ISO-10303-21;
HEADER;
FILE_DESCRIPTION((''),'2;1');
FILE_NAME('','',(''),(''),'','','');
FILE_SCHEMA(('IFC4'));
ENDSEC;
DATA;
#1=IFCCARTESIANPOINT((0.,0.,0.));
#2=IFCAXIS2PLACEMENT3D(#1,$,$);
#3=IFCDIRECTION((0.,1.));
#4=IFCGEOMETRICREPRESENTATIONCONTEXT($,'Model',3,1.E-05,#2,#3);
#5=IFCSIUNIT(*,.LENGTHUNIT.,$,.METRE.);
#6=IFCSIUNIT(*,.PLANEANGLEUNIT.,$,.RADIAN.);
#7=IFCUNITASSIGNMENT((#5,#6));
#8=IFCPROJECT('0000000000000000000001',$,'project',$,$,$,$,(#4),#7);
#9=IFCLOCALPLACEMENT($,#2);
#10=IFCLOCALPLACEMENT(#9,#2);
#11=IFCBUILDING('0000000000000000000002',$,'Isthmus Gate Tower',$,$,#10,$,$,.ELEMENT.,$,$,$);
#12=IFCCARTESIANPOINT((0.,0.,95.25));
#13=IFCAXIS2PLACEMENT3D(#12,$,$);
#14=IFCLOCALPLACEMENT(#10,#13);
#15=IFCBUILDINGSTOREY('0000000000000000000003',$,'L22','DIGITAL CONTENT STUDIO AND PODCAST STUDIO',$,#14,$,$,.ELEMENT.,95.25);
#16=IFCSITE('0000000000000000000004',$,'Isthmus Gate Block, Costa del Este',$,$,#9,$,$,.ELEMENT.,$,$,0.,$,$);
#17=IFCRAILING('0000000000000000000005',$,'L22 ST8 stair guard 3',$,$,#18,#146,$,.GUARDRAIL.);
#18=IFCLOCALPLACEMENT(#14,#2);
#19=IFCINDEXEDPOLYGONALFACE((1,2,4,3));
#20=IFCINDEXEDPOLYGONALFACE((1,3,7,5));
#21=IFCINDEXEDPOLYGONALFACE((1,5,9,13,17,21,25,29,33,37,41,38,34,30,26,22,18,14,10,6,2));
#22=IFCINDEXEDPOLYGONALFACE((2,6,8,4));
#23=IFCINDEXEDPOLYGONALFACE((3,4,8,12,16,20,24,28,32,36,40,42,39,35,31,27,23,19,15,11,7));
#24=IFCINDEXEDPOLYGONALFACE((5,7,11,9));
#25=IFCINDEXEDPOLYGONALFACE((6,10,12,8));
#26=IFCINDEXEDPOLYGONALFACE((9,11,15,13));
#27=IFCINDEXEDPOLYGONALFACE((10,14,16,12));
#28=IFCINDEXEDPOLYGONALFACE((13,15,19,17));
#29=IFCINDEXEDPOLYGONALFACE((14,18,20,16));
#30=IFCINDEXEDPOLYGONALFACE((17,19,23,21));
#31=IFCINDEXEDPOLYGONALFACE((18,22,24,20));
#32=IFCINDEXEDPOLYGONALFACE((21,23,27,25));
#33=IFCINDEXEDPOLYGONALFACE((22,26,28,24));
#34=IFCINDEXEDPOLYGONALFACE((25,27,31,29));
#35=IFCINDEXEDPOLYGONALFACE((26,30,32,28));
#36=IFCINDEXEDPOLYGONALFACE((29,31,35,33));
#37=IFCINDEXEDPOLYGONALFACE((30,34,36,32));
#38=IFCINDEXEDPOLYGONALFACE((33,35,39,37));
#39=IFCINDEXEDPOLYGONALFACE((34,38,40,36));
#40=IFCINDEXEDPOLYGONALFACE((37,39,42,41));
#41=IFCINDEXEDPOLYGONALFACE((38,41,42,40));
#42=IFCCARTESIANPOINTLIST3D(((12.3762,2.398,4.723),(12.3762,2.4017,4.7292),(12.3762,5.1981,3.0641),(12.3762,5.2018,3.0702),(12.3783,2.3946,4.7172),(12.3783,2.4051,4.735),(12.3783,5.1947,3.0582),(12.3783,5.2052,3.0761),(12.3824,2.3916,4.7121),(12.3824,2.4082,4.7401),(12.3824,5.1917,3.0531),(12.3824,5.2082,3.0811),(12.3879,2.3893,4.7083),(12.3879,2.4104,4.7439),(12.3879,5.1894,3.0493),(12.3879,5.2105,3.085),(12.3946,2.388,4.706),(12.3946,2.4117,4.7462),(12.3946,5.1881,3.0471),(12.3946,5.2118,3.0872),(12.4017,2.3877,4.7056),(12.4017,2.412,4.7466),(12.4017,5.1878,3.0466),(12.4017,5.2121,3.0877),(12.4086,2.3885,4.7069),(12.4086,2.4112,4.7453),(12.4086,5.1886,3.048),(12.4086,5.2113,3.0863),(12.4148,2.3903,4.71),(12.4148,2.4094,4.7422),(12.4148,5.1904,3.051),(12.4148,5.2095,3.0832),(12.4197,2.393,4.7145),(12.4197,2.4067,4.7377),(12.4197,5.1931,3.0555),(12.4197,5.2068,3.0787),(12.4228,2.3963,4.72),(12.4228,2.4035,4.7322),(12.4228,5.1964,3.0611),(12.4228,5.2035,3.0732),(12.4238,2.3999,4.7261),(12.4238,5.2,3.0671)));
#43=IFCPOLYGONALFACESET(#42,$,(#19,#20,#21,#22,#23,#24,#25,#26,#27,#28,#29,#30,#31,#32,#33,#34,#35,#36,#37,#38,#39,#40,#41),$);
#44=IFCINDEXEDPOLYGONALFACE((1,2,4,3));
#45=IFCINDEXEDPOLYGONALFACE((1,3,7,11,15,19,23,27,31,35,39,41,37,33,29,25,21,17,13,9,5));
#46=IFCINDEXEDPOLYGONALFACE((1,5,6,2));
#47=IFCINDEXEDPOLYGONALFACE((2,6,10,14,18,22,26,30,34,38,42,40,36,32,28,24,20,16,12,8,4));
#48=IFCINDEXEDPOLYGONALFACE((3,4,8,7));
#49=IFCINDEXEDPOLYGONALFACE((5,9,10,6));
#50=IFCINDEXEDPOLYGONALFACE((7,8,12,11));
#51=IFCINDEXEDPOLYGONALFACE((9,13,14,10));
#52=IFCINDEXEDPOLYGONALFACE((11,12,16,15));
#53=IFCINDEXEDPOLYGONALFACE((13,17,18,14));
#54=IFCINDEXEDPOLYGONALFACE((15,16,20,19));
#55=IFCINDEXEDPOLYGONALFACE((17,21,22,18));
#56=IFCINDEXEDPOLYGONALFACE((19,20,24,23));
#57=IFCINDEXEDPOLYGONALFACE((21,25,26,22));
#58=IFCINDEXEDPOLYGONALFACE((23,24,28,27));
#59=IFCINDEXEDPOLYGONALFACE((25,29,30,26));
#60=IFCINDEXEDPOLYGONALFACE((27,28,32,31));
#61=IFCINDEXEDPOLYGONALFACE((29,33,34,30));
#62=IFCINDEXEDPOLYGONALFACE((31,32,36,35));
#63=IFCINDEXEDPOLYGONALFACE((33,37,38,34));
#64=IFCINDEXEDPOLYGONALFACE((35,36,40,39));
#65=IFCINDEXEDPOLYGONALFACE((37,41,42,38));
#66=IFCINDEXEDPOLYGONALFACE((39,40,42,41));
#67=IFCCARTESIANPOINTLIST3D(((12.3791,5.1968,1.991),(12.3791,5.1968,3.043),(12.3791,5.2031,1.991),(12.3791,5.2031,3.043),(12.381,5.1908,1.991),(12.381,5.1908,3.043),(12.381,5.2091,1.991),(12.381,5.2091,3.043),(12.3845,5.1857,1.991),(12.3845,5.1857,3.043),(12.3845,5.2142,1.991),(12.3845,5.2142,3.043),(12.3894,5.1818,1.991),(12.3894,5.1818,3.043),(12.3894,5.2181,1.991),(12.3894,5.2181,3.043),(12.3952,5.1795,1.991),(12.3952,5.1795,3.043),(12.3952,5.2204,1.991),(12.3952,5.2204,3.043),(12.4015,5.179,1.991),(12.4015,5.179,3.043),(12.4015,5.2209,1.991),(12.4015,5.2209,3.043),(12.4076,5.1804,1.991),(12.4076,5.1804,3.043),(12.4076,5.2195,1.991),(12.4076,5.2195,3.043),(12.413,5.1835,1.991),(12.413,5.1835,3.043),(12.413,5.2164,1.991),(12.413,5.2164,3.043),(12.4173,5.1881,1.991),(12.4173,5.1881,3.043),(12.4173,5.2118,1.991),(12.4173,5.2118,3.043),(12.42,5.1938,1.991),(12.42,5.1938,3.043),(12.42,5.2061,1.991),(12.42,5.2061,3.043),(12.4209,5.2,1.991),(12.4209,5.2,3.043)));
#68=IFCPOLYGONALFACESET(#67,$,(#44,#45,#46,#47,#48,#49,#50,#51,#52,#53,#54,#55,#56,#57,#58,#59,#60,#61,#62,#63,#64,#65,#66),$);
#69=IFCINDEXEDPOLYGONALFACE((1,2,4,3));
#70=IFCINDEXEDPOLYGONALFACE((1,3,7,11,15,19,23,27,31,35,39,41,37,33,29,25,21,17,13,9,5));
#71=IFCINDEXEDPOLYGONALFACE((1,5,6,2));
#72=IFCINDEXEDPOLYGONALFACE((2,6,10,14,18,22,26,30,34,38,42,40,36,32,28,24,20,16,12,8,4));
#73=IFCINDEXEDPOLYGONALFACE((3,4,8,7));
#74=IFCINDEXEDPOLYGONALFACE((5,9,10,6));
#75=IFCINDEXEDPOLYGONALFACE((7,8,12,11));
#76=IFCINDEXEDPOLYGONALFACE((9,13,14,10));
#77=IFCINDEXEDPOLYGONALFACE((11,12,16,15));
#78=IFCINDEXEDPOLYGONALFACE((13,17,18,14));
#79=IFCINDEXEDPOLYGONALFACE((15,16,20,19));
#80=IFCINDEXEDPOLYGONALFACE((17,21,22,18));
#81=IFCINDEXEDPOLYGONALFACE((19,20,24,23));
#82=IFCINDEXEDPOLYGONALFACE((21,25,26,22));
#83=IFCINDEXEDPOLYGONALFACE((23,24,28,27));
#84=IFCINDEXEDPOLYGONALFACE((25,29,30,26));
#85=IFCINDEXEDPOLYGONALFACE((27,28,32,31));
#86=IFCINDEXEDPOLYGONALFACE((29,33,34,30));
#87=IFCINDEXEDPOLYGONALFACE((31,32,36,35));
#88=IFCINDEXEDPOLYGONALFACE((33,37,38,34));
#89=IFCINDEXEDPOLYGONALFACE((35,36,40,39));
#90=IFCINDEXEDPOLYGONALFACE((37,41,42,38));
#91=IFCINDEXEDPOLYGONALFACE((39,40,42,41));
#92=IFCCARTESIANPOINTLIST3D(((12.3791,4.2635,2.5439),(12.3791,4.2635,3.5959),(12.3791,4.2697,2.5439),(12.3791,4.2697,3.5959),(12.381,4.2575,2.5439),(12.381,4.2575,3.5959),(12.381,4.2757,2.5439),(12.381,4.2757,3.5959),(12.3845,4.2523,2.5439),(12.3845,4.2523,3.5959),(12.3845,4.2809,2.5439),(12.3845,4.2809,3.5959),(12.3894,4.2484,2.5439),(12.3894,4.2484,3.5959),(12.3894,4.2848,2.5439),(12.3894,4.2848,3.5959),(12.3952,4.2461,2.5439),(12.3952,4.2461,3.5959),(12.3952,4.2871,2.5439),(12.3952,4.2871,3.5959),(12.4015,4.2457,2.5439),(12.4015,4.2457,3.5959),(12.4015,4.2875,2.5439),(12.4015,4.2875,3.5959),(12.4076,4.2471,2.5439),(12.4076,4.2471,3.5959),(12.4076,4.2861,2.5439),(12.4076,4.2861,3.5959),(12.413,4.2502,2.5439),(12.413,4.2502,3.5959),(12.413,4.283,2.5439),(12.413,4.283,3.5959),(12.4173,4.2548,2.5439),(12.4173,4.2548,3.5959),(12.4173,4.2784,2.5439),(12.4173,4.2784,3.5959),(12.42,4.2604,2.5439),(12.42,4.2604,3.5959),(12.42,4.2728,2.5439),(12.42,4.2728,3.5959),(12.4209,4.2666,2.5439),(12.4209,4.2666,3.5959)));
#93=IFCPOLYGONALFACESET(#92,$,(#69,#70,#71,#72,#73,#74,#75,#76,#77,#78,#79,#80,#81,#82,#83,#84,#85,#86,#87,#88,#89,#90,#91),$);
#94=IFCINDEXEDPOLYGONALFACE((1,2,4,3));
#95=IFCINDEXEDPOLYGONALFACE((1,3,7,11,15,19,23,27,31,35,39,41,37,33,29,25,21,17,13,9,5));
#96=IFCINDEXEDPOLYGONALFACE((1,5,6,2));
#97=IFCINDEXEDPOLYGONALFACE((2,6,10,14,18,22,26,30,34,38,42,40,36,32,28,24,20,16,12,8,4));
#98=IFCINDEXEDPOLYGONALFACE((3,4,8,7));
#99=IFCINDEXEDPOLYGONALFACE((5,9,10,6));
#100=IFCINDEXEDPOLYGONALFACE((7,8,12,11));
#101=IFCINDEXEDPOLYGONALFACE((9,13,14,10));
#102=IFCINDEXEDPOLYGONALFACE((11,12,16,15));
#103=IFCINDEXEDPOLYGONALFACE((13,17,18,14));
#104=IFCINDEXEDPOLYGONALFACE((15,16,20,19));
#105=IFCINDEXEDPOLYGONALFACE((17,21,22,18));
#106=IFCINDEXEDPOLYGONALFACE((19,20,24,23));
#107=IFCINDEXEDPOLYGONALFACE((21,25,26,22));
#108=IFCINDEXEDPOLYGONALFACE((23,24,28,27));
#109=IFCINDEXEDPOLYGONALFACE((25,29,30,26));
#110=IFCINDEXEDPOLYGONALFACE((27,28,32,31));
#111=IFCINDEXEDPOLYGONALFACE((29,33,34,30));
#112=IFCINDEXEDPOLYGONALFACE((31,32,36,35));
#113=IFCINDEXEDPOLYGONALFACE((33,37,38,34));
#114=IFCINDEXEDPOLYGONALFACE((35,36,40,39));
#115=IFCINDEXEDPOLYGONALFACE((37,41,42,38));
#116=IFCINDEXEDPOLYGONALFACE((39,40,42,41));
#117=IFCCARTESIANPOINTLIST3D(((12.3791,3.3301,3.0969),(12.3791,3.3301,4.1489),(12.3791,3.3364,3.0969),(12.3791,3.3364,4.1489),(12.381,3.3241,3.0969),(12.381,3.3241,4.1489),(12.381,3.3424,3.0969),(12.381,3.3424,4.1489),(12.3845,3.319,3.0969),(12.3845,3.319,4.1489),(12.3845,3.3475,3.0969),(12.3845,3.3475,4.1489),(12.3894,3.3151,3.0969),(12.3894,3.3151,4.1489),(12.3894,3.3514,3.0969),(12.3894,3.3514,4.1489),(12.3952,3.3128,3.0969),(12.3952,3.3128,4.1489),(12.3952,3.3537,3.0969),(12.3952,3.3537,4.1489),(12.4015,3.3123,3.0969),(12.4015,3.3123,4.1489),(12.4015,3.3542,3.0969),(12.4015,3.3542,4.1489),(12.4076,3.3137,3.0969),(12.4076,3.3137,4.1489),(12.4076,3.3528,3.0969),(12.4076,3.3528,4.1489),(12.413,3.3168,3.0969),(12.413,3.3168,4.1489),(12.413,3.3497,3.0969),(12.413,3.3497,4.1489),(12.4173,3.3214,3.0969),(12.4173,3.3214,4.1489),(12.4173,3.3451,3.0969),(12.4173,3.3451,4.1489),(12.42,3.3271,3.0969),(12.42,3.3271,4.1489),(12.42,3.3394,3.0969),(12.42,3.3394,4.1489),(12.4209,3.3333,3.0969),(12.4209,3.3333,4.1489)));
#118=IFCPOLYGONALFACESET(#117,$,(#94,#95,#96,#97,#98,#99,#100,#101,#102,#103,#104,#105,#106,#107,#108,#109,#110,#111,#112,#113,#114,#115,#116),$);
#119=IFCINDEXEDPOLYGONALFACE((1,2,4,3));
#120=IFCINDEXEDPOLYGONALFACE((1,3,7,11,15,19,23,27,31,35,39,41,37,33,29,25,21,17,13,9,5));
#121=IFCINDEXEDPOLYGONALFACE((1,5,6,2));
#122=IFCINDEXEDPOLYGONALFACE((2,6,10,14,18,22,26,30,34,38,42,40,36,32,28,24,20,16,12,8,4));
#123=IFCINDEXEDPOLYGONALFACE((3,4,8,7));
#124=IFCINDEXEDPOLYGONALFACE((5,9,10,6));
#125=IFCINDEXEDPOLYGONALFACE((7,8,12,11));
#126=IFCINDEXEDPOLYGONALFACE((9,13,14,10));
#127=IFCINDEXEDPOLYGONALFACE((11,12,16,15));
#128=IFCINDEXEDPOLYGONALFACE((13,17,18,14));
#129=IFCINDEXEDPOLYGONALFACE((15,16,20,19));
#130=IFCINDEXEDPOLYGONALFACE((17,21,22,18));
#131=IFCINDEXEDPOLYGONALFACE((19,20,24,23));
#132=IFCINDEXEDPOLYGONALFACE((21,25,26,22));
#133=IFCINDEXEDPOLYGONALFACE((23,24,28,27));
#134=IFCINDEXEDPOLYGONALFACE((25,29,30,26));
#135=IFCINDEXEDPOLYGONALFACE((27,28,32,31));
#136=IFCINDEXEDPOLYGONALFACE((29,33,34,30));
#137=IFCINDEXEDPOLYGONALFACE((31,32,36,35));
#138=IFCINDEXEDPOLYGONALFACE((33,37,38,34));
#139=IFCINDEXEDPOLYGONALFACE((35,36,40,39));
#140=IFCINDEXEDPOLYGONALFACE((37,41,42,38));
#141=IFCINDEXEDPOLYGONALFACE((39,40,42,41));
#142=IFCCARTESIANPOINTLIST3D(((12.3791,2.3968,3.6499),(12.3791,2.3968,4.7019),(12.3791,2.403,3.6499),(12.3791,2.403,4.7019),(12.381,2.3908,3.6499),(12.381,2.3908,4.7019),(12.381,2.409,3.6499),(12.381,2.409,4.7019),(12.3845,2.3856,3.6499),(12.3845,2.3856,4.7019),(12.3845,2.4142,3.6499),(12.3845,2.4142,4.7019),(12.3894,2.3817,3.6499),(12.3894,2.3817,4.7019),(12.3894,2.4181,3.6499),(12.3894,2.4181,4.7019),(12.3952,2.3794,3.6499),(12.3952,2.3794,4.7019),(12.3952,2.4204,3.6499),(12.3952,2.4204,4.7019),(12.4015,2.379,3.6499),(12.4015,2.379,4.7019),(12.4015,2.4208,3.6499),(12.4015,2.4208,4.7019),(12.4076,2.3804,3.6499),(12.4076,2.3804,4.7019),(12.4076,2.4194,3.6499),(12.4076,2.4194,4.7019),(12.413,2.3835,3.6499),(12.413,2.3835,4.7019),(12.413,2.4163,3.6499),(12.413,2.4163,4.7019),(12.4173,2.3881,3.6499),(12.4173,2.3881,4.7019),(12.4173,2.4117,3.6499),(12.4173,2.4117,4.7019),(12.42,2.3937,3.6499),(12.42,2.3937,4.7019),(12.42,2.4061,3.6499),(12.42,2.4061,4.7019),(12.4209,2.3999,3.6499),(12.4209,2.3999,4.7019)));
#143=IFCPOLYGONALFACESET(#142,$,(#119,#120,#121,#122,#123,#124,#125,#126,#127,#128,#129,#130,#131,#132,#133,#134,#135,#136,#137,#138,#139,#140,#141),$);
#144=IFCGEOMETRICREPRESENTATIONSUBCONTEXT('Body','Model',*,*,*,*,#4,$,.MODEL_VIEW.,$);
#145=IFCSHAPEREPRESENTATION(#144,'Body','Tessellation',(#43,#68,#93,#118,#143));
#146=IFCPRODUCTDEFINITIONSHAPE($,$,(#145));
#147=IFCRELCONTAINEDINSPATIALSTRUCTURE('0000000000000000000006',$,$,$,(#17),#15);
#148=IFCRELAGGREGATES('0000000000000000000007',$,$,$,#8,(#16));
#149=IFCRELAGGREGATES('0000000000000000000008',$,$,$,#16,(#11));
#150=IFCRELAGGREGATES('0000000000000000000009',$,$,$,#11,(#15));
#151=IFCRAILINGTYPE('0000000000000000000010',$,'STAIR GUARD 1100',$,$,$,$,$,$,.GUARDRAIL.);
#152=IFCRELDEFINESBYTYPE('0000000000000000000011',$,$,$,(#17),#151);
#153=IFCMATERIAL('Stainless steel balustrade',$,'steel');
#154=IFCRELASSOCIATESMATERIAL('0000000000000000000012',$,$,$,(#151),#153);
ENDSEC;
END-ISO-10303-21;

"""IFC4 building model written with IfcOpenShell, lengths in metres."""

from ifc_helpers import new_model, si_unit, direction, frame, origin, origin_2d, place, context, subcontext, project, spatial, circle, extrude, material, type_object, element, save


model = new_model("IFC4")

# Units and contexts
model_context = context("Model", 3, precision=1e-05, world=origin(), true_north=direction((0.0, 1.0)))
body_context = subcontext(model_context, "Body", "Model", "MODEL_VIEW")
ifc_project = project(units=[si_unit("LENGTHUNIT", "METRE"), si_unit("PLANEANGLEUNIT", "RADIAN")], contexts=[model_context])

# Site, building, storey
site_placement = place(None, origin())
site = spatial("IfcSite", under=ifc_project, at=site_placement, Name="Isthmus Gate Block, Costa del Este", CompositionType="ELEMENT", RefElevation=0.0)
building_placement = place(site_placement, origin())
building = spatial("IfcBuilding", under=site, at=building_placement, Name="Isthmus Gate Tower", CompositionType="ELEMENT")
storey_placement = place(building_placement, frame((0.0, 0.0, 95.25)))
storey = spatial("IfcBuildingStorey", under=building, at=storey_placement, Name="L22", Description="DIGITAL CONTENT STUDIO AND PODCAST STUDIO", CompositionType="ELEMENT", Elevation=95.25)

# Railing
ifc_material_1 = material(Name="Stainless steel balustrade", Category="steel")
railing_type_1 = type_object("IfcRailingType", Name="STAIR GUARD 1100", PredefinedType="GUARDRAIL", material=ifc_material_1)
railing_1_placement = place(storey_placement, frame((12.3999, 5.2, 1.991)))
element("IfcRailing", 1, at=railing_1_placement, inside=storey, type_object=railing_type_1, Name="L22 ST8 stair guard 3", PredefinedType="GUARDRAIL", context=body_context, shape_type="SweptSolid", body=[
    extrude(circle(Radius=0.0239, at=origin_2d()), frame((0.0, 0.0, 1.0762), z_axis=(0.0, -0.860339, 0.509722), x_axis=(1.0, 0.0, 0.0)), (0.0, 0.0, 1.0), 3.2546),
    extrude(circle(Radius=0.021, at=origin_2d()), origin(), (0.0, 0.0, 1.0), 1.052),
    extrude(circle(Radius=0.021, at=origin_2d()), frame((0.0, -0.9333, 0.553)), (0.0, 0.0, 1.0), 1.052),
    extrude(circle(Radius=0.021, at=origin_2d()), frame((0.0, -1.8667, 1.106)), (0.0, 0.0, 1.0), 1.052),
    extrude(circle(Radius=0.021, at=origin_2d()), frame((0.0, -2.8, 1.6589)), (0.0, 0.0, 1.0), 1.052),
])

save(model, "model.ifc")
